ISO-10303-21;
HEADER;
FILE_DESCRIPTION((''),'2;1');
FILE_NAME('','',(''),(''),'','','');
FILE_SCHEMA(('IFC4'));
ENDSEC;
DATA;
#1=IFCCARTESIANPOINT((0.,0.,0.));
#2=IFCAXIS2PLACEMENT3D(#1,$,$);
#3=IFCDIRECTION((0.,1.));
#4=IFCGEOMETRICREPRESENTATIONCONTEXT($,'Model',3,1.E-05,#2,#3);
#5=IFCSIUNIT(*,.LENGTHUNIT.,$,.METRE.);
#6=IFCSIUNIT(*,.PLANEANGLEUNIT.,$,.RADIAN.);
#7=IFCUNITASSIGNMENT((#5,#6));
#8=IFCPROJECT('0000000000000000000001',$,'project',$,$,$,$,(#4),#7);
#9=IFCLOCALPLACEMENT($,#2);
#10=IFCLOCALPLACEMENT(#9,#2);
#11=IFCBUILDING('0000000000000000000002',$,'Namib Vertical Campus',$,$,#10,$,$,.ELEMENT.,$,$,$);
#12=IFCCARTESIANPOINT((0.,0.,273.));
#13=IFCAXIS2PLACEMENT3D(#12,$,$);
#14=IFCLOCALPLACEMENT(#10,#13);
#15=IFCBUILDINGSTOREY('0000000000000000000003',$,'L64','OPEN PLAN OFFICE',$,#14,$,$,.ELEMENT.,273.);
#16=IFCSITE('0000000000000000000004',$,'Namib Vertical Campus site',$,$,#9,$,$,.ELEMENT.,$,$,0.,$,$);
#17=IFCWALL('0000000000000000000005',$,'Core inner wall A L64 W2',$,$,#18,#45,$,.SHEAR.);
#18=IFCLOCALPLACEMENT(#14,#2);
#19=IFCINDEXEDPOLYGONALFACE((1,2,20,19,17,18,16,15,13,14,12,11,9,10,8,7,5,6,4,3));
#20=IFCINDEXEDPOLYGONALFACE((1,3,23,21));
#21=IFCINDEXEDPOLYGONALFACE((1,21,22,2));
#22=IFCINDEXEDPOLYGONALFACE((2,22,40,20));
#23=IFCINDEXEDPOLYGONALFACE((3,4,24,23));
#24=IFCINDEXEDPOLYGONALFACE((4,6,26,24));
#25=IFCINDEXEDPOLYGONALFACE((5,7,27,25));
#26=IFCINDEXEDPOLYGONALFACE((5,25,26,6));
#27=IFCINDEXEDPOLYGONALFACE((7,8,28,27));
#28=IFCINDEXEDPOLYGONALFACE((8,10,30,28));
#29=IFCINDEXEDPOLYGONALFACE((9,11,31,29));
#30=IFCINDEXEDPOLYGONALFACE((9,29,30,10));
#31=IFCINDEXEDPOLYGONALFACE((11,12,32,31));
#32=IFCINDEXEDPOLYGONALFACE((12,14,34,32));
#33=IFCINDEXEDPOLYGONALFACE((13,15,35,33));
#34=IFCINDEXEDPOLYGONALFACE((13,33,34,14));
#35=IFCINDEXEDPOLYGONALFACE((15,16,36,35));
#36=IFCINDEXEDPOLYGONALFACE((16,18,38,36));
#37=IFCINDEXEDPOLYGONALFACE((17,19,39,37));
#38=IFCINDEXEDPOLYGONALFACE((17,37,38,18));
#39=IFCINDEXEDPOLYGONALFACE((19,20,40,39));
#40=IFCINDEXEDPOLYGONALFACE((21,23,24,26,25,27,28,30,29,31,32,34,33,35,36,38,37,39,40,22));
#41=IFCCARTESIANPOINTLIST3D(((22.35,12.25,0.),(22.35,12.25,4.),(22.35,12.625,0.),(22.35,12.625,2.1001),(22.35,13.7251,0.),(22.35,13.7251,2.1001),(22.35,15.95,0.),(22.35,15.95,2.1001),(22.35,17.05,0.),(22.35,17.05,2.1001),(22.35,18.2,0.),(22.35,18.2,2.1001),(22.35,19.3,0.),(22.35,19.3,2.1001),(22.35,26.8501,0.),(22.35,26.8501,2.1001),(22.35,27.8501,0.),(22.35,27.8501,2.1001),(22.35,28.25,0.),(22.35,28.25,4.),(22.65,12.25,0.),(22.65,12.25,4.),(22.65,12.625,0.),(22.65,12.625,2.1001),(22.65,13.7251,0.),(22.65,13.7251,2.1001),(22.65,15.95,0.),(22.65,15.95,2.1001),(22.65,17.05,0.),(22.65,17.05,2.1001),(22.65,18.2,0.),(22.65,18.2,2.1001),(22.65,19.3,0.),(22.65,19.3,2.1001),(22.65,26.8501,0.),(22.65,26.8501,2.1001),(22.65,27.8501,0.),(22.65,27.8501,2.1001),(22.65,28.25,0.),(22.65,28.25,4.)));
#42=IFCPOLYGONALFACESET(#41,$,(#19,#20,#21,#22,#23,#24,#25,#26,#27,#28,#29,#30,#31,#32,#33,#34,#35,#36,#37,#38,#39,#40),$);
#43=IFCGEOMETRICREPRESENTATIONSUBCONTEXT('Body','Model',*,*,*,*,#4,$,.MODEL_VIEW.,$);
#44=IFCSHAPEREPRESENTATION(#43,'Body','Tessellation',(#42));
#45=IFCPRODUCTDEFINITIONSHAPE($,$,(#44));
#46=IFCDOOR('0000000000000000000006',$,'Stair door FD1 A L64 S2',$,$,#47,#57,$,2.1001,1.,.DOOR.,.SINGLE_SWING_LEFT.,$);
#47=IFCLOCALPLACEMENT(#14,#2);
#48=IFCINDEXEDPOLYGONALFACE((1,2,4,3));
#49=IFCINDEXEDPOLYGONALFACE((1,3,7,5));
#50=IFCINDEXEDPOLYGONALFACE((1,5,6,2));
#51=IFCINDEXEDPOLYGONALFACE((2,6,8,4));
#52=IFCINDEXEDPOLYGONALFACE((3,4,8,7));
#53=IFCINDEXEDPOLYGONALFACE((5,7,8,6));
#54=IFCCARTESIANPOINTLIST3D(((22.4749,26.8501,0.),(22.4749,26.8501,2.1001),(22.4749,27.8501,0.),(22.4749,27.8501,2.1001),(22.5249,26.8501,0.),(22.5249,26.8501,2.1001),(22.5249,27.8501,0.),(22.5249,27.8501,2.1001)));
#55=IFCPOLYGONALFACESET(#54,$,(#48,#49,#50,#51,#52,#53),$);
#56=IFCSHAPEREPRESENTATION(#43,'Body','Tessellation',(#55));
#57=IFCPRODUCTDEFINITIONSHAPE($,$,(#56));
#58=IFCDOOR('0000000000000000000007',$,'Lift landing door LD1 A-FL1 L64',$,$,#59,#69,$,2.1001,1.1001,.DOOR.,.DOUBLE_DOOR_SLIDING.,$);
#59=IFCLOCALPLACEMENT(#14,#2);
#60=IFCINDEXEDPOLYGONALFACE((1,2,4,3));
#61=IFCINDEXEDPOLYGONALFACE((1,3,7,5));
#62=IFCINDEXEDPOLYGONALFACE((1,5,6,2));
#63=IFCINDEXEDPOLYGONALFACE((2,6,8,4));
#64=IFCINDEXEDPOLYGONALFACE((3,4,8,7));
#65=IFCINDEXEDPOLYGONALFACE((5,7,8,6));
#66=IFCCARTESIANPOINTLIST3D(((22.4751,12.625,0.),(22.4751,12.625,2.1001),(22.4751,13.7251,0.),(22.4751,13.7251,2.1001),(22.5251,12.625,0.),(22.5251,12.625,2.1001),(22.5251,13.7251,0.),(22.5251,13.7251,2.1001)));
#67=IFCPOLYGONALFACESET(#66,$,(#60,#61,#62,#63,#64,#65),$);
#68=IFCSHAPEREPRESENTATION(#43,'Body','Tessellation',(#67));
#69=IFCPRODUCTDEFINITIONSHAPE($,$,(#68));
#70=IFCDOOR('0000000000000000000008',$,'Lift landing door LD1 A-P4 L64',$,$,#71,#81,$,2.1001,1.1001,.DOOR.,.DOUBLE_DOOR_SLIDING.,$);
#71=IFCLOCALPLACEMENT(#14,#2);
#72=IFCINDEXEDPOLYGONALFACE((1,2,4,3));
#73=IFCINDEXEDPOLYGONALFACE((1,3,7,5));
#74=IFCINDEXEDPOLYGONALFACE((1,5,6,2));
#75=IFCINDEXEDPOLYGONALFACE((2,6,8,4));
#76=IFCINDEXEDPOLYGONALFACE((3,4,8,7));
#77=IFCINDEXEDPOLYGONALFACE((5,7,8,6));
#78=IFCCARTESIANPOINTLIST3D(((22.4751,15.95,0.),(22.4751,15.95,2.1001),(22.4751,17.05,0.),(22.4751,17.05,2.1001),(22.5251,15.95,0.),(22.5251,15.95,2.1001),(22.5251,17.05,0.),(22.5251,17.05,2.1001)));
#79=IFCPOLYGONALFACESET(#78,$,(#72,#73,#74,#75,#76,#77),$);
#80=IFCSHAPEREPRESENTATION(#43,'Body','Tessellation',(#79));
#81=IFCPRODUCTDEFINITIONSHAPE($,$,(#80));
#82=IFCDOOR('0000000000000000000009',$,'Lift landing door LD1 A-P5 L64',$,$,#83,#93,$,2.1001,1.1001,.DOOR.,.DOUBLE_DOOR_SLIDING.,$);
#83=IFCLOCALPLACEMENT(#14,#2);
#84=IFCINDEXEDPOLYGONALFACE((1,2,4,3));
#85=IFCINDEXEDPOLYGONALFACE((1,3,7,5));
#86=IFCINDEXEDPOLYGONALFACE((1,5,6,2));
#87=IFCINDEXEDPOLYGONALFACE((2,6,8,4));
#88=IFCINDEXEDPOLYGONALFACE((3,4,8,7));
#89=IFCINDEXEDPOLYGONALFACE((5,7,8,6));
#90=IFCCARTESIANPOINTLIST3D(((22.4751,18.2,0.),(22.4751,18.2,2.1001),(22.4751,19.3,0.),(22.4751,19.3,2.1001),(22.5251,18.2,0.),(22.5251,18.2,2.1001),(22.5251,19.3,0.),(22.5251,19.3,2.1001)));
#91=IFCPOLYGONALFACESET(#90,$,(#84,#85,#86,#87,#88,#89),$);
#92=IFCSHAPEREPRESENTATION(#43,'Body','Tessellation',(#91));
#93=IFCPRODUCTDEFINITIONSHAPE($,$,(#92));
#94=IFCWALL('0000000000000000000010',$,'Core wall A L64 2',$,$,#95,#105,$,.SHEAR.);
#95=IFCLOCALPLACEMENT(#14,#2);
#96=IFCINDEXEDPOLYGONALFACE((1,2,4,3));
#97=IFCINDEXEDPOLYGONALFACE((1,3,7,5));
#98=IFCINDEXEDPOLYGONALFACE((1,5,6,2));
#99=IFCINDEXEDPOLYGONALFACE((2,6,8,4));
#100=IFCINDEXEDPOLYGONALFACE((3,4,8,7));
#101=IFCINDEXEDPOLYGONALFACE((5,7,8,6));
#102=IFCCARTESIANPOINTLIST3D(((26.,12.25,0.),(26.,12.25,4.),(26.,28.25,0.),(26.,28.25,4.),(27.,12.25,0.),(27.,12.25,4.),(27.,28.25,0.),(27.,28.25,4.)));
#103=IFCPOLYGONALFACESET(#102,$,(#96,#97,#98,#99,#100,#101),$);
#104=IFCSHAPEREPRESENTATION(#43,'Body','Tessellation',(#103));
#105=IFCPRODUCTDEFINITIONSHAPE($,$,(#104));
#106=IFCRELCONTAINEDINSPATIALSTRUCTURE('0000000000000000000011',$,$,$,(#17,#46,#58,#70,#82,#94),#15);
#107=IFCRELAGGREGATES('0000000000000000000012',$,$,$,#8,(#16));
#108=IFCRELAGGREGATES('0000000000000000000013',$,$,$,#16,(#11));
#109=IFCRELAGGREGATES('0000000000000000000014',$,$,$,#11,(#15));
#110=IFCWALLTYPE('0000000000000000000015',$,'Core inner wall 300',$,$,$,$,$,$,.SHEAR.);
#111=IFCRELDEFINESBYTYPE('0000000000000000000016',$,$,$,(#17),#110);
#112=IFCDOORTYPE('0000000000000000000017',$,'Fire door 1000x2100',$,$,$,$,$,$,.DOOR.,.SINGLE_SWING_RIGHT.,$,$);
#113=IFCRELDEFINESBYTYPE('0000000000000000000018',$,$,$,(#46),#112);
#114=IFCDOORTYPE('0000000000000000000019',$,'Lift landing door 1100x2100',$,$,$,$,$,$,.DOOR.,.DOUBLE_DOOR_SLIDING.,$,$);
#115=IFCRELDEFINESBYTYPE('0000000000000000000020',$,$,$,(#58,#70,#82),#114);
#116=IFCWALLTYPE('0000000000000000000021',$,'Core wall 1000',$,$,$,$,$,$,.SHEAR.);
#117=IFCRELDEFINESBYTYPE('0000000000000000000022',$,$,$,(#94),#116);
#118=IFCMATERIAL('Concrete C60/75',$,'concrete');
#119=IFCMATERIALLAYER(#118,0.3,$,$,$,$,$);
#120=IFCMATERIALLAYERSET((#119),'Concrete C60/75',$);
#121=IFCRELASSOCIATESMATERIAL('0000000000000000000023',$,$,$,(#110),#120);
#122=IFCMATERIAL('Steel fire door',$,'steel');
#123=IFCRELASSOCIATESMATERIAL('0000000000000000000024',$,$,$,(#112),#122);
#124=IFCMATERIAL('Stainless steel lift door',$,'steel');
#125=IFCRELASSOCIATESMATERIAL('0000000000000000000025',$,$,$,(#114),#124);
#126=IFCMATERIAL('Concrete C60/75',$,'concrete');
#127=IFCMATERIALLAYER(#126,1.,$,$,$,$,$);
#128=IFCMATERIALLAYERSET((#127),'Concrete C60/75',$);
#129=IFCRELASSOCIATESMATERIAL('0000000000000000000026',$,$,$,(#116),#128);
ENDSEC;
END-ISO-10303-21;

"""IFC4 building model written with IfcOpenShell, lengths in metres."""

from ifc_helpers import new_model, si_unit, direction, frame, frame_2d, origin, place, context, subcontext, project, spatial, rectangle, extrude, material, layer, layer_set, type_object, element, fill, save


model = new_model("IFC4")

# Units and contexts
model_context = context("Model", 3, precision=1e-05, world=origin(), true_north=direction((0.0, 1.0)))
body_context = subcontext(model_context, "Body", "Model", "MODEL_VIEW")
ifc_project = project(units=[si_unit("LENGTHUNIT", "METRE"), si_unit("PLANEANGLEUNIT", "RADIAN")], contexts=[model_context])

# Site, building, storey
site_placement = place(None, origin())
site = spatial("IfcSite", under=ifc_project, at=site_placement, Name="Namib Vertical Campus site", CompositionType="ELEMENT", RefElevation=0.0)
building_placement = place(site_placement, origin())
building = spatial("IfcBuilding", under=site, at=building_placement, Name="Namib Vertical Campus", CompositionType="ELEMENT")
storey_placement = place(building_placement, frame((0.0, 0.0, 273.0)))
storey = spatial("IfcBuildingStorey", under=building, at=storey_placement, Name="L64", Description="OPEN PLAN OFFICE", CompositionType="ELEMENT", Elevation=273.0)

# Wall, openings, doors
ifc_material_1 = material(Name="Concrete C60/75", Category="concrete")
ifc_layer_1 = layer(ifc_material_1, 0.3)
ifc_layer_set_1 = layer_set([ifc_layer_1], Name="Concrete C60/75")
wall_type_1 = type_object("IfcWallType", Name="Core inner wall 300", PredefinedType="SHEAR", material=ifc_layer_set_1)
ifc_material_2 = material(Name="Steel fire door", Category="steel")
door_type_1 = type_object("IfcDoorType", Name="Fire door 1000x2100", OperationType="SINGLE_SWING_RIGHT", PredefinedType="DOOR", material=ifc_material_2)
ifc_material_3 = material(Name="Stainless steel lift door", Category="steel")
door_type_2 = type_object("IfcDoorType", Name="Lift landing door 1100x2100", OperationType="DOUBLE_DOOR_SLIDING", PredefinedType="DOOR", material=ifc_material_3)
wall_1_placement = place(storey_placement, frame((22.5, 12.25, 0.0), z_axis=(0.0, 0.0, 1.0), x_axis=(0.0, 1.0, 0.0)))
wall_1 = element("IfcWall", 1, at=wall_1_placement, inside=storey, type_object=wall_type_1, Name="Core inner wall A L64 W2", PredefinedType="SHEAR", context=body_context, shape_type="SweptSolid", body=[
    extrude(rectangle(XDim=16.0, YDim=0.3, at=frame_2d((8.0, 0.0))), origin(), (0.0, 0.0, 1.0), 4.0),
])
opening_1_placement = place(wall_1_placement, frame((14.6001, 0.0, 0.0)))
opening_1 = element("IfcOpeningElement", 2, at=opening_1_placement, cuts=wall_1, PredefinedType="OPENING", context=body_context, shape_type="SweptSolid", body=[
    extrude(rectangle(XDim=1.0, YDim=2.1001, at=frame_2d((0.5, 1.05))), frame((0.0, 0.1599, 0.0), z_axis=(0.0, -1.0, 0.0), x_axis=(1.0, 0.0, 0.0)), (0.0, 0.0, 1.0), 0.3201),
])
opening_2_placement = place(wall_1_placement, frame((0.375, 0.0, 0.0)))
opening_2 = element("IfcOpeningElement", 3, at=opening_2_placement, cuts=wall_1, PredefinedType="OPENING", context=body_context, shape_type="SweptSolid", body=[
    extrude(rectangle(XDim=1.1001, YDim=2.1001, at=frame_2d((0.55, 1.05))), frame((0.0, 0.1599, 0.0), z_axis=(0.0, -1.0, 0.0), x_axis=(1.0, 0.0, 0.0)), (0.0, 0.0, 1.0), 0.3201),
])
opening_3_placement = place(wall_1_placement, frame((3.7, 0.0, 0.0)))
opening_3 = element("IfcOpeningElement", 4, at=opening_3_placement, cuts=wall_1, PredefinedType="OPENING", context=body_context, shape_type="SweptSolid", body=[
    extrude(rectangle(XDim=1.1001, YDim=2.1001, at=frame_2d((0.55, 1.05))), frame((0.0, 0.1599, 0.0), z_axis=(0.0, -1.0, 0.0), x_axis=(1.0, 0.0, 0.0)), (0.0, 0.0, 1.0), 0.3201),
])
opening_4_placement = place(wall_1_placement, frame((5.95, 0.0, 0.0)))
opening_4 = element("IfcOpeningElement", 5, at=opening_4_placement, cuts=wall_1, PredefinedType="OPENING", context=body_context, shape_type="SweptSolid", body=[
    extrude(rectangle(XDim=1.1001, YDim=2.1001, at=frame_2d((0.55, 1.05))), frame((0.0, 0.1599, 0.0), z_axis=(0.0, -1.0, 0.0), x_axis=(1.0, 0.0, 0.0)), (0.0, 0.0, 1.0), 0.3201),
])
door_1_placement = place(opening_1_placement, frame((1.0, 0.0, 0.0), z_axis=(0.0, 0.0, 1.0), x_axis=(-1.0, 0.0, 0.0)))
door_1 = element("IfcDoor", 6, at=door_1_placement, inside=storey, type_object=door_type_1, Name="Stair door FD1 A L64 S2", OperationType="SINGLE_SWING_LEFT", OverallHeight=2.1001, OverallWidth=1.0, PredefinedType="DOOR", context=body_context, shape_type="SweptSolid", body=[
    extrude(rectangle(XDim=1.0, YDim=2.1001, at=frame_2d((0.5, 1.05))), frame((0.0, 0.0249, 0.0), z_axis=(0.0, -1.0, 0.0), x_axis=(1.0, 0.0, 0.0)), (0.0, 0.0, 1.0), 0.05),
])
fill(opening_1, door_1)
door_2_placement = place(opening_2_placement, origin())
door_2 = element("IfcDoor", 7, at=door_2_placement, inside=storey, type_object=door_type_2, Name="Lift landing door LD1 A-FL1 L64", OperationType="DOUBLE_DOOR_SLIDING", OverallHeight=2.1001, OverallWidth=1.1001, PredefinedType="DOOR", context=body_context, shape_type="SweptSolid", body=[
    extrude(rectangle(XDim=1.1001, YDim=2.1001, at=frame_2d((0.55, 1.05))), frame((0.0, 0.0249, 0.0), z_axis=(0.0, -1.0, 0.0), x_axis=(1.0, 0.0, 0.0)), (0.0, 0.0, 1.0), 0.05),
])
fill(opening_2, door_2)
door_3_placement = place(opening_3_placement, origin())
door_3 = element("IfcDoor", 8, at=door_3_placement, inside=storey, type_object=door_type_2, Name="Lift landing door LD1 A-P4 L64", OperationType="DOUBLE_DOOR_SLIDING", OverallHeight=2.1001, OverallWidth=1.1001, PredefinedType="DOOR", context=body_context, shape_type="SweptSolid", body=[
    extrude(rectangle(XDim=1.1001, YDim=2.1001, at=frame_2d((0.55, 1.05))), frame((0.0, 0.0249, 0.0), z_axis=(0.0, -1.0, 0.0), x_axis=(1.0, 0.0, 0.0)), (0.0, 0.0, 1.0), 0.05),
])
fill(opening_3, door_3)
door_4_placement = place(opening_4_placement, origin())
door_4 = element("IfcDoor", 9, at=door_4_placement, inside=storey, type_object=door_type_2, Name="Lift landing door LD1 A-P5 L64", OperationType="DOUBLE_DOOR_SLIDING", OverallHeight=2.1001, OverallWidth=1.1001, PredefinedType="DOOR", context=body_context, shape_type="SweptSolid", body=[
    extrude(rectangle(XDim=1.1001, YDim=2.1001, at=frame_2d((0.55, 1.05))), frame((0.0, 0.0249, 0.0), z_axis=(0.0, -1.0, 0.0), x_axis=(1.0, 0.0, 0.0)), (0.0, 0.0, 1.0), 0.05),
])
fill(opening_4, door_4)

# Wall
ifc_material_4 = material(Name="Concrete C60/75", Category="concrete")
ifc_layer_2 = layer(ifc_material_4, 1.0)
ifc_layer_set_2 = layer_set([ifc_layer_2], Name="Concrete C60/75")
wall_type_2 = type_object("IfcWallType", Name="Core wall 1000", PredefinedType="SHEAR", material=ifc_layer_set_2)
wall_2_placement = place(storey_placement, frame((26.5, 12.25, 0.0), z_axis=(0.0, 0.0, 1.0), x_axis=(0.0, 1.0, 0.0)))
element("IfcWall", 10, at=wall_2_placement, inside=storey, type_object=wall_type_2, Name="Core wall A L64 2", PredefinedType="SHEAR", context=body_context, shape_type="SweptSolid", body=[
    extrude(rectangle(XDim=16.0, YDim=1.0, at=frame_2d((8.0, 0.0))), origin(), (0.0, 0.0, 1.0), 4.0),
])

save(model, "model.ifc")
